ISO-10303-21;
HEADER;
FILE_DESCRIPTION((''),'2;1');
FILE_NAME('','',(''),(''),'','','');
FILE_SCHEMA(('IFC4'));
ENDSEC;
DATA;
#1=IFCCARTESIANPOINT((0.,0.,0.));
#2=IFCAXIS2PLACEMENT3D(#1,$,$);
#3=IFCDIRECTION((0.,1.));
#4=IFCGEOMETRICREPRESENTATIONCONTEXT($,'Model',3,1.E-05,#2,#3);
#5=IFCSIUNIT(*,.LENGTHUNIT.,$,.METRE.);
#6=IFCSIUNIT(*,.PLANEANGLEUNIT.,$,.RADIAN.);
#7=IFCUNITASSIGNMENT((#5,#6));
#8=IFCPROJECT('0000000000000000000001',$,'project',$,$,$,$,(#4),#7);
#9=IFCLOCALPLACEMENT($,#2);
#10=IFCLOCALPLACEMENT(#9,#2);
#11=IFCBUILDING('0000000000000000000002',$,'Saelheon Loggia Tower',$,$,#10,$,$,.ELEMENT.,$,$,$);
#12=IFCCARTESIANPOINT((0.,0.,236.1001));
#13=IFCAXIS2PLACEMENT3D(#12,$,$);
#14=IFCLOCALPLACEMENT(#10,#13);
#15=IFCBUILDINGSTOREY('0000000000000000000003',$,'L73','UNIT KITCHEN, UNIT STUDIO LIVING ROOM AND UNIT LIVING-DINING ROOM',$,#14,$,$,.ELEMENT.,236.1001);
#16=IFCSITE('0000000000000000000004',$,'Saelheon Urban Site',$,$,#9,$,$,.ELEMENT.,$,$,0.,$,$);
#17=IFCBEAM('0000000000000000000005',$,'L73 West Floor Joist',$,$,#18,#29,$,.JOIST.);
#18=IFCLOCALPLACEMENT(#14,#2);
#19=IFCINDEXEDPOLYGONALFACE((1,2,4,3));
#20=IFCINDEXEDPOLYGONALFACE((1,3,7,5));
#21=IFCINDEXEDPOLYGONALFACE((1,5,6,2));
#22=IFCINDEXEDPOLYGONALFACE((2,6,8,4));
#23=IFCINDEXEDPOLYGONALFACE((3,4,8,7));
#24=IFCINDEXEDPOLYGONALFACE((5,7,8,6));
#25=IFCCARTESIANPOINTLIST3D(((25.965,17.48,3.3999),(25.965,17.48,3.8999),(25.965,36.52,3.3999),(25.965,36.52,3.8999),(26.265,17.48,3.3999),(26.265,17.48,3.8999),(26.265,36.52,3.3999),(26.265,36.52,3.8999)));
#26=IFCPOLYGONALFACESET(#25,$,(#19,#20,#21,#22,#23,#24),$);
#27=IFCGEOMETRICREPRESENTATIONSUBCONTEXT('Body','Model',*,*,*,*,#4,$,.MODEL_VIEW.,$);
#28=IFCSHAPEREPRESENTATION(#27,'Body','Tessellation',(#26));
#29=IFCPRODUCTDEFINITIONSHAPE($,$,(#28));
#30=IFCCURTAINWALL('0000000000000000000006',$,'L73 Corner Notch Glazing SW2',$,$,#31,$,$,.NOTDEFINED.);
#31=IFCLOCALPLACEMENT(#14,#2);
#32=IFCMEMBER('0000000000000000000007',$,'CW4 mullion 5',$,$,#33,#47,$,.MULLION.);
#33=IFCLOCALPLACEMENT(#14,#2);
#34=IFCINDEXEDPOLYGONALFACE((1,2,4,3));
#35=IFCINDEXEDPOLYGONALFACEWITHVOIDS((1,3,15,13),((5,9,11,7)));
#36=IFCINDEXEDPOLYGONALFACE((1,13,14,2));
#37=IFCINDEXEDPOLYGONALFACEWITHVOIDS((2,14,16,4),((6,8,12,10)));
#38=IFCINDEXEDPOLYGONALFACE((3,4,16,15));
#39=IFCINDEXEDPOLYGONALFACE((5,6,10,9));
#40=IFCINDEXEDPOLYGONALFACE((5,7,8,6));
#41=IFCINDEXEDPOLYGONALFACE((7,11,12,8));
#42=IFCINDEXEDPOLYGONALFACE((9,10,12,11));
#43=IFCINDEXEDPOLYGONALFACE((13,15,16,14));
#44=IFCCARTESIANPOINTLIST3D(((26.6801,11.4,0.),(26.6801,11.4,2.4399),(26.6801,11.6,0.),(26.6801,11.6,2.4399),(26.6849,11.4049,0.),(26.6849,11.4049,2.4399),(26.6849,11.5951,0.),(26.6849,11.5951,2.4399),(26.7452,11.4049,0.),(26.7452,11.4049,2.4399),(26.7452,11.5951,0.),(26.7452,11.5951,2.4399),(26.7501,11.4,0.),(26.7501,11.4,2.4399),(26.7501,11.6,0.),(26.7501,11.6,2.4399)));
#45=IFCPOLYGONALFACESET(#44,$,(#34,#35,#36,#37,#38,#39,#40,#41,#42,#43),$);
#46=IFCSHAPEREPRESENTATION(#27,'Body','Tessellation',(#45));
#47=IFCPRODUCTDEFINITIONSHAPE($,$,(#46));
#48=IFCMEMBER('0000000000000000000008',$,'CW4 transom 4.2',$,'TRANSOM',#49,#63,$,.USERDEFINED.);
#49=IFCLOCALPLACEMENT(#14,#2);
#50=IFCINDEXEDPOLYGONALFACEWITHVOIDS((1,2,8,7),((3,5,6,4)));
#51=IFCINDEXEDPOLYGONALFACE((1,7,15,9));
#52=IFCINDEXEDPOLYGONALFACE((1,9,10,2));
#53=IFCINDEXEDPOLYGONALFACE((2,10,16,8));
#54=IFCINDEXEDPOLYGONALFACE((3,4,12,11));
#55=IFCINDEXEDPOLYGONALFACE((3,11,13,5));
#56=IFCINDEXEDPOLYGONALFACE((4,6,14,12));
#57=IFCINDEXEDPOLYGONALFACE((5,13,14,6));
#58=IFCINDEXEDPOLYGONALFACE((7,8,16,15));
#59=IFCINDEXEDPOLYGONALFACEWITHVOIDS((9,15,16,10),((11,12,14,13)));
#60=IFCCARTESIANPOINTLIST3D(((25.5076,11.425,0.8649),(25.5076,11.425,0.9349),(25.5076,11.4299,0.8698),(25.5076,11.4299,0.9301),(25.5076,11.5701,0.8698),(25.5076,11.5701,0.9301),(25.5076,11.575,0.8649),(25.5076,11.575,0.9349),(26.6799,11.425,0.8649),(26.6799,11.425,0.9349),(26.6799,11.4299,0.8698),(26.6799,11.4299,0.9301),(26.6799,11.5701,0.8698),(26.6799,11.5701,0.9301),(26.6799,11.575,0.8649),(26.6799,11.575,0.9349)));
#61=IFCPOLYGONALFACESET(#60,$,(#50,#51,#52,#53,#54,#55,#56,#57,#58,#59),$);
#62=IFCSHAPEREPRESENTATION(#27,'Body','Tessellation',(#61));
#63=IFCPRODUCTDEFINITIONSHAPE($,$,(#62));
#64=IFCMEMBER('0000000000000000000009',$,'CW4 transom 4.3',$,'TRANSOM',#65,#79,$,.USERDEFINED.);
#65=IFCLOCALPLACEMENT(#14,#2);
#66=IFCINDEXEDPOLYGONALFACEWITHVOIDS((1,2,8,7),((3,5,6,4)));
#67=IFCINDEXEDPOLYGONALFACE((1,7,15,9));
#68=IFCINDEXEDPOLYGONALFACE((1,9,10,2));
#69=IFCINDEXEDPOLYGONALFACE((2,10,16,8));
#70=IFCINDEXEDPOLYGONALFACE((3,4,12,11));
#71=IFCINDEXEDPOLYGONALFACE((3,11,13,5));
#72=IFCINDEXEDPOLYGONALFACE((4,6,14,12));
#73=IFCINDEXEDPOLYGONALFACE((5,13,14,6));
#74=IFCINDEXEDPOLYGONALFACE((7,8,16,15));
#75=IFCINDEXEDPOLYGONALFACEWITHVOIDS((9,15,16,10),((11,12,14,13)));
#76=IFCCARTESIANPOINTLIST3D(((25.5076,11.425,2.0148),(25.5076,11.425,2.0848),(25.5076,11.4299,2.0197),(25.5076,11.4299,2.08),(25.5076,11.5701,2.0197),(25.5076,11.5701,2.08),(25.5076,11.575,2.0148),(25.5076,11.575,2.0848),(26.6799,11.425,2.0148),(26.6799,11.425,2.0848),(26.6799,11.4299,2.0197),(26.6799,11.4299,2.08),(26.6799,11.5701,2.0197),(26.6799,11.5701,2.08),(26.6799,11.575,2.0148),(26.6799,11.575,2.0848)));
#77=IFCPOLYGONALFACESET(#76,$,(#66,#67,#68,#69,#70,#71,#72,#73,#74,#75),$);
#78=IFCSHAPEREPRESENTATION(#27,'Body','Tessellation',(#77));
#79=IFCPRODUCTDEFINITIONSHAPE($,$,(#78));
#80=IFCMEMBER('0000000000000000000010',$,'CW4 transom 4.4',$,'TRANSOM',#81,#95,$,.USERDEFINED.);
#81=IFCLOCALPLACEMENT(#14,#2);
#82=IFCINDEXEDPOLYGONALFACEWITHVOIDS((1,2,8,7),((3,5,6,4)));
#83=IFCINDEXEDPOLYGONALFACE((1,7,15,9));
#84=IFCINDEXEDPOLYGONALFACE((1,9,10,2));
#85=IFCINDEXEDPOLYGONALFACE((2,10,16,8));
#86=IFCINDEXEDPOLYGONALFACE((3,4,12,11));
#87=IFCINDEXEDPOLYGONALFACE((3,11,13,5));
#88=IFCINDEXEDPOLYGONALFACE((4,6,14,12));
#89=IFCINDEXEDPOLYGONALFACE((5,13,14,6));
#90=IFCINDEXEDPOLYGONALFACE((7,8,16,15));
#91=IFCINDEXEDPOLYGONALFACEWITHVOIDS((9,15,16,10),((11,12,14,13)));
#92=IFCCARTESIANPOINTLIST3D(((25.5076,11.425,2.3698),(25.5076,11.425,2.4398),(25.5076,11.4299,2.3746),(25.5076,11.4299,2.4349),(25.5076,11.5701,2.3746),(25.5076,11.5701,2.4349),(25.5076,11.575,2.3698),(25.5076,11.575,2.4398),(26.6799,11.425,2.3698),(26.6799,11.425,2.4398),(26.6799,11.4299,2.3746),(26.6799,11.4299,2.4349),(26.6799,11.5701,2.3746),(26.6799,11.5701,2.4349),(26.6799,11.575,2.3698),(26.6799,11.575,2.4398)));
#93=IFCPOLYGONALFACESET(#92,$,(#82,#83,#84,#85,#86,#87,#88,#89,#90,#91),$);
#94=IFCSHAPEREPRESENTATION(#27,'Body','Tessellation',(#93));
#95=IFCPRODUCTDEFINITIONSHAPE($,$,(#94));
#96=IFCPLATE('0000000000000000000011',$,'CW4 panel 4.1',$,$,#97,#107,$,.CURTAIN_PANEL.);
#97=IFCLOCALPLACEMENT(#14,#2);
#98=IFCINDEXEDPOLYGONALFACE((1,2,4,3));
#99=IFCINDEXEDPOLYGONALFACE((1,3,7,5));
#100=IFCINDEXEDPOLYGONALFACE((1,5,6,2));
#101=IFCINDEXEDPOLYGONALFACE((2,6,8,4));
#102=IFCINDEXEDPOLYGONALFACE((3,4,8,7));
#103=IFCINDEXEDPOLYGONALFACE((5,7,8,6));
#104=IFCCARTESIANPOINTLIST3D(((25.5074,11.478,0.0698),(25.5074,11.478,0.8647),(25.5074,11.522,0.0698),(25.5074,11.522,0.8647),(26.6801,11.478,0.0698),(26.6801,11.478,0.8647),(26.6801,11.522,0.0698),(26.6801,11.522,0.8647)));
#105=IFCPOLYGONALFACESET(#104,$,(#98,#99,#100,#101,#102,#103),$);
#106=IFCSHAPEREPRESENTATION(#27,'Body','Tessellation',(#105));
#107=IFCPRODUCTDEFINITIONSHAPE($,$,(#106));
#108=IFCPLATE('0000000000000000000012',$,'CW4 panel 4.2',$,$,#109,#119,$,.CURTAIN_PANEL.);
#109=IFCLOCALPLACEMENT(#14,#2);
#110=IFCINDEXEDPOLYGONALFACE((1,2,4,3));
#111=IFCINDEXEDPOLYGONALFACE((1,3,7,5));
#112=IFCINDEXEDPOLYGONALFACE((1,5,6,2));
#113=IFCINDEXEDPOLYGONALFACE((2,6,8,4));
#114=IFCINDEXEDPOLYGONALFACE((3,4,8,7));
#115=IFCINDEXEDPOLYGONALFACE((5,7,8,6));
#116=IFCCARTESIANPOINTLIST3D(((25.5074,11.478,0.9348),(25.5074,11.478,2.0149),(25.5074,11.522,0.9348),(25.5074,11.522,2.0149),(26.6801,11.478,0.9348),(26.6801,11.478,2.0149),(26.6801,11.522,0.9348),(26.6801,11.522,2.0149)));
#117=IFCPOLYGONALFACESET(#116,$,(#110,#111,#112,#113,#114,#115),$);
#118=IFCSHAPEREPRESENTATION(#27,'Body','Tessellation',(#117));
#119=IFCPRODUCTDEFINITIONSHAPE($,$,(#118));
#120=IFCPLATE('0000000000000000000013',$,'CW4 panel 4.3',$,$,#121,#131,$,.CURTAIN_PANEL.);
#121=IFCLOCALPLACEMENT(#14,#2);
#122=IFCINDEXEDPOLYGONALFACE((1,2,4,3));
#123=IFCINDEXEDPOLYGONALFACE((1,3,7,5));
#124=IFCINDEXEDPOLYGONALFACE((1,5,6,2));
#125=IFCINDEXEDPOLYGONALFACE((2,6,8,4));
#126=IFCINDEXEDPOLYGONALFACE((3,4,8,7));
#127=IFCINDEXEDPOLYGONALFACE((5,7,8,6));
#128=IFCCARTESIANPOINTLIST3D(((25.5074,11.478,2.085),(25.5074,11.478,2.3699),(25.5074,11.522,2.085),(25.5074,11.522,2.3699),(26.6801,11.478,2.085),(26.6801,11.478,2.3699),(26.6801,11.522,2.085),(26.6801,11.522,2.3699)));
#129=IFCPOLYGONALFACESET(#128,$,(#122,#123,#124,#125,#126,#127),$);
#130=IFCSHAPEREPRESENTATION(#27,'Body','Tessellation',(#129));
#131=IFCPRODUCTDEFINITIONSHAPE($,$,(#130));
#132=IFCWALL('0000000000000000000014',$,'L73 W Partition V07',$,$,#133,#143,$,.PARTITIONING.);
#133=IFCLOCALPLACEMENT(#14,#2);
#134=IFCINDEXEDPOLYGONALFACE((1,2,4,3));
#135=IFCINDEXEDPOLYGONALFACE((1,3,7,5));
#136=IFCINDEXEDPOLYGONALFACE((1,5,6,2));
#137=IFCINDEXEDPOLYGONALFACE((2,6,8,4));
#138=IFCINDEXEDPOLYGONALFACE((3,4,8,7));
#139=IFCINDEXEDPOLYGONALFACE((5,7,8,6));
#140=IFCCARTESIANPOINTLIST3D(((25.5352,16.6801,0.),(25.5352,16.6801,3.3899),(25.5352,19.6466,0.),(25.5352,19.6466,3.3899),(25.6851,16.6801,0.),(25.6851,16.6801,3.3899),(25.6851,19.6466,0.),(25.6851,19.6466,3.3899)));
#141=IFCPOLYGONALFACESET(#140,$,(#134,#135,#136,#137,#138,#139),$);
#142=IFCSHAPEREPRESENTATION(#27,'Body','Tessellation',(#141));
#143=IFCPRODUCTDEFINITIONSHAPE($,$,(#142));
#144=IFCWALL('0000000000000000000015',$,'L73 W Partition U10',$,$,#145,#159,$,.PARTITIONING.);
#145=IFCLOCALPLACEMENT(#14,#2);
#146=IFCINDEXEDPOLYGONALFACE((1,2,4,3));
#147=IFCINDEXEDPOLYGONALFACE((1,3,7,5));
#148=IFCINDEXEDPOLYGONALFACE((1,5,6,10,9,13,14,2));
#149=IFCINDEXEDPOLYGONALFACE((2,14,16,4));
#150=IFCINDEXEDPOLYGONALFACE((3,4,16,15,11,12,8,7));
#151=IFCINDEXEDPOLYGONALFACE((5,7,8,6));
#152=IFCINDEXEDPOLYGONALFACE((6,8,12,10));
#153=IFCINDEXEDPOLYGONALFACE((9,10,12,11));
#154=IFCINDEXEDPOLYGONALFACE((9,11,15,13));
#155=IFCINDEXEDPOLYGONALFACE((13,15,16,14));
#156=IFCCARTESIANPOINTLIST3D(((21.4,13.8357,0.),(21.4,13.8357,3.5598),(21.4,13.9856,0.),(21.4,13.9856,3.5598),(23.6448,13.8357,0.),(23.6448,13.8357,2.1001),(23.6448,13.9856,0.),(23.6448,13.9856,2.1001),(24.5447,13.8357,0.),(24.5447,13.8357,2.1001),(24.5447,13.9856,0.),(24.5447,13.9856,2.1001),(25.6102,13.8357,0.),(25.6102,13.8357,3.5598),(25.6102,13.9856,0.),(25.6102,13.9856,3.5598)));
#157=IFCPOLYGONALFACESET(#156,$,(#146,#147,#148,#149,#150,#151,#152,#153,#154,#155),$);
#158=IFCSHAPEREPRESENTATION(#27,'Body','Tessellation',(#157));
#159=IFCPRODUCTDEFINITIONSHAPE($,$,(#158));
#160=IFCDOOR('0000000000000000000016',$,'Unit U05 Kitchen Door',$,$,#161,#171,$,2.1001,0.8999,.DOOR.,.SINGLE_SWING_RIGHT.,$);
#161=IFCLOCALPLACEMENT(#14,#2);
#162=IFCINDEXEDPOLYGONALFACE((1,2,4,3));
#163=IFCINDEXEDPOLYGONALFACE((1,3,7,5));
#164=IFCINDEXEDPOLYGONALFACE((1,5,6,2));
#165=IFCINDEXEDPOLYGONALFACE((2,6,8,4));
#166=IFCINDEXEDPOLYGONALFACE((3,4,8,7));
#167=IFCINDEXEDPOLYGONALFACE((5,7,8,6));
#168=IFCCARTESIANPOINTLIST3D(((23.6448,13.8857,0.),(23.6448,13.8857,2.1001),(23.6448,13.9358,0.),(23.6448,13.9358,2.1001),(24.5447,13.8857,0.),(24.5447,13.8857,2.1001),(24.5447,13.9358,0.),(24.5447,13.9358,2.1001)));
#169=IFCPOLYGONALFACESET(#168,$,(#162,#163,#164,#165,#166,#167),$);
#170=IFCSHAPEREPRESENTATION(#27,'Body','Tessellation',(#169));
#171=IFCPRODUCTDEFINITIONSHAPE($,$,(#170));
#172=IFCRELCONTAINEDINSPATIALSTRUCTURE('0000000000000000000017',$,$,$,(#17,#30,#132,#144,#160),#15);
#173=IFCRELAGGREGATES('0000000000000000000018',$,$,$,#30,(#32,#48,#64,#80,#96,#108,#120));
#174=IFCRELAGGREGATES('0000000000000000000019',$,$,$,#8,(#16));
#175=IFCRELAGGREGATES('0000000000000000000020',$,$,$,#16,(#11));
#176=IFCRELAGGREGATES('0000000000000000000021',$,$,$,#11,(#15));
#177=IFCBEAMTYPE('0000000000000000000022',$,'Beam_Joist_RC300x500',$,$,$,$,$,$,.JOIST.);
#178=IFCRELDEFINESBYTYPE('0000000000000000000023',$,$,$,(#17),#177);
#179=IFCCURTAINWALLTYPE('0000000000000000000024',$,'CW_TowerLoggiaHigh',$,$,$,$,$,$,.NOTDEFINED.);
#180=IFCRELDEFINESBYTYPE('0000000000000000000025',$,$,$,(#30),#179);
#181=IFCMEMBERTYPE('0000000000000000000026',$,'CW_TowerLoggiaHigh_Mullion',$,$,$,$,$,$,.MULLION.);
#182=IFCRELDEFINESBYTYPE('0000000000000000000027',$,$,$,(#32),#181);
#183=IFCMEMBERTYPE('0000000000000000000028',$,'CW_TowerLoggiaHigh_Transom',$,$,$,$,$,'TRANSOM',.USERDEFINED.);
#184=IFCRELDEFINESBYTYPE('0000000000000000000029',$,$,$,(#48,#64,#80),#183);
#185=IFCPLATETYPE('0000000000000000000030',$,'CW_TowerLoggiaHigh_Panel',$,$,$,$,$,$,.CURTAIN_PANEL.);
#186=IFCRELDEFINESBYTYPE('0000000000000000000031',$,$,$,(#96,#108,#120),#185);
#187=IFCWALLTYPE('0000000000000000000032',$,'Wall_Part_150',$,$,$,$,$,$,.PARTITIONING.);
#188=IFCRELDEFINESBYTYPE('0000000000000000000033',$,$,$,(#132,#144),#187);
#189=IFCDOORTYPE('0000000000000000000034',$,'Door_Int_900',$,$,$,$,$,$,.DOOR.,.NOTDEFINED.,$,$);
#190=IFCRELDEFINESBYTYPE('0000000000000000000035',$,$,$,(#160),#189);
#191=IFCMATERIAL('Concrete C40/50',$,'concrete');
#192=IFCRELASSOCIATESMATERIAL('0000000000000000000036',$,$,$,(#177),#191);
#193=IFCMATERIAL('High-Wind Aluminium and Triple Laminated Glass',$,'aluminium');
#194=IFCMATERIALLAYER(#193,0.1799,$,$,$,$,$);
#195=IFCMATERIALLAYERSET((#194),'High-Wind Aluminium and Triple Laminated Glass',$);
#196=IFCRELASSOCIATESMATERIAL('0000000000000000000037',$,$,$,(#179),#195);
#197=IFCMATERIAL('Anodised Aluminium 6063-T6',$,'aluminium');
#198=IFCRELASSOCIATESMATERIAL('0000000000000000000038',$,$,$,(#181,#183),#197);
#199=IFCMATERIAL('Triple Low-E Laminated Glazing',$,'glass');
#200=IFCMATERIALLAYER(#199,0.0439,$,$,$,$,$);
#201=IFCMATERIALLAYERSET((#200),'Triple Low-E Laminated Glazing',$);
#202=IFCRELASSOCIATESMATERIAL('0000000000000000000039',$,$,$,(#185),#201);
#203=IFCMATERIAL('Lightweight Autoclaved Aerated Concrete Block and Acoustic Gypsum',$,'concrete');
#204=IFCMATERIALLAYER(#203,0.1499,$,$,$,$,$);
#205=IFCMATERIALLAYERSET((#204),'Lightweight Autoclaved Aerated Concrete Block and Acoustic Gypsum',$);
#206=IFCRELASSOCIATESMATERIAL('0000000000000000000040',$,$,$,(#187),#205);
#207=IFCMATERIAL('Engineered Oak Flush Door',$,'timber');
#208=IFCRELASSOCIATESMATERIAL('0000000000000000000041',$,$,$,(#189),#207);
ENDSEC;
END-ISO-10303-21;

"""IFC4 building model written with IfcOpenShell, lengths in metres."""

from ifc_helpers import new_model, si_unit, direction, frame, frame_2d, origin, origin_2d, place, context, subcontext, project, spatial, rectangle, hollow_rectangle, extrude, source, transform, mapped, material, layer, layer_set, material_profile, profile_set, type_object, element, fill, aggregate, save


model = new_model("IFC4")

# Units and contexts
model_context = context("Model", 3, precision=1e-05, world=origin(), true_north=direction((0.0, 1.0)))
body_context = subcontext(model_context, "Body", "Model", "MODEL_VIEW")
ifc_project = project(units=[si_unit("LENGTHUNIT", "METRE"), si_unit("PLANEANGLEUNIT", "RADIAN")], contexts=[model_context])

# Site, building, storey
site_placement = place(None, origin())
site = spatial("IfcSite", under=ifc_project, at=site_placement, Name="Saelheon Urban Site", CompositionType="ELEMENT", RefElevation=0.0)
building_placement = place(site_placement, origin())
building = spatial("IfcBuilding", under=site, at=building_placement, Name="Saelheon Loggia Tower", CompositionType="ELEMENT")
storey_placement = place(building_placement, frame((0.0, 0.0, 236.1001)))
storey = spatial("IfcBuildingStorey", under=building, at=storey_placement, Name="L73", Description="UNIT KITCHEN, UNIT STUDIO LIVING ROOM AND UNIT LIVING-DINING ROOM", CompositionType="ELEMENT", Elevation=236.1001)

# Beam
ifc_material_1 = material(Name="Concrete C40/50", Category="concrete")
ifc_material_profile_1 = material_profile(ifc_material_1, rectangle(XDim=0.3, YDim=0.5, at=origin_2d()), Name="RC-300x500")
ifc_profile_set_1 = profile_set([ifc_material_profile_1], Name="Concrete C40/50")
beam_type = type_object("IfcBeamType", Name="Beam_Joist_RC300x500", PredefinedType="JOIST", material=ifc_profile_set_1)
shared_shape_1 = source(origin(), body_context, "Body", "SweptSolid", [
    extrude(rectangle(XDim=0.3, YDim=0.5, at=origin_2d()), origin(), (0.0, 0.0, 1.0), 19.04),
])
beam_placement = place(storey_placement, frame((26.115, 17.48, 3.6499), z_axis=(0.0, 1.0, 0.0), x_axis=(-1.0, 0.0, 0.0)))
element("IfcBeam", 1, at=beam_placement, inside=storey, type_object=beam_type, Name="L73 West Floor Joist", PredefinedType="JOIST", context=body_context, shape_type="MappedRepresentation", body=[
    mapped(shared_shape_1, transform((0.0, 0.0, 0.0), scale=1.0)),
])

# Curtain wall, members, plates
ifc_material_2 = material(Name="High-Wind Aluminium and Triple Laminated Glass", Category="aluminium")
ifc_layer_1 = layer(ifc_material_2, 0.1799)
ifc_layer_set_1 = layer_set([ifc_layer_1], Name="High-Wind Aluminium and Triple Laminated Glass")
curtain_wall_type = type_object("IfcCurtainWallType", Name="CW_TowerLoggiaHigh", PredefinedType="NOTDEFINED", material=ifc_layer_set_1)
curtain_wall_placement = place(storey_placement, origin())
curtain_wall = element("IfcCurtainWall", 2, at=curtain_wall_placement, inside=storey, type_object=curtain_wall_type, Name="L73 Corner Notch Glazing SW2", PredefinedType="NOTDEFINED")
ifc_material_3 = material(Name="Anodised Aluminium 6063-T6", Category="aluminium")
ifc_material_profile_2 = material_profile(ifc_material_3, hollow_rectangle(XDim=0.0701, YDim=0.2, WallThickness=0.0049, at=origin_2d()), Name="RHS-200x70x5")
ifc_profile_set_2 = profile_set([ifc_material_profile_2], Name="Anodised Aluminium 6063-T6")
member_type_1 = type_object("IfcMemberType", Name="CW_TowerLoggiaHigh_Mullion", PredefinedType="MULLION", material=ifc_profile_set_2)
shared_shape_2 = source(origin(), body_context, "Body", "SweptSolid", [
    extrude(hollow_rectangle(XDim=0.0701, YDim=0.2, WallThickness=0.0049, at=origin_2d()), origin(), (0.0, 0.0, 1.0), 2.4399),
])
member_1_placement = place(storey_placement, frame((26.7151, 11.5, 0.0), z_axis=(0.0, 0.0, 1.0), x_axis=(1.0, 0.0, 0.0)))
member_1 = element("IfcMember", 3, at=member_1_placement, type_object=member_type_1, Name="CW4 mullion 5", PredefinedType="MULLION", context=body_context, shape_type="MappedRepresentation", body=[
    mapped(shared_shape_2, transform((0.0, 0.0, 0.0), scale=1.0)),
])
ifc_material_profile_3 = material_profile(ifc_material_3, hollow_rectangle(XDim=0.0701, YDim=0.1499, WallThickness=0.0049, at=origin_2d()), Name="RHS-150x70x5")
ifc_profile_set_3 = profile_set([ifc_material_profile_3], Name="Anodised Aluminium 6063-T6")
member_type_2 = type_object("IfcMemberType", Name="CW_TowerLoggiaHigh_Transom", ElementType="TRANSOM", PredefinedType="USERDEFINED", material=ifc_profile_set_3)
shared_shape_3 = source(origin(), body_context, "Body", "SweptSolid", [
    extrude(hollow_rectangle(XDim=0.0701, YDim=0.1499, WallThickness=0.0049, at=origin_2d()), origin(), (0.0, 0.0, 1.0), 1.1724),
])
member_2_placement = place(storey_placement, frame((25.5076, 11.5, 0.8999), z_axis=(1.0, 0.0, 0.0), x_axis=(0.0, 0.0, 1.0)))
member_2 = element("IfcMember", 4, at=member_2_placement, type_object=member_type_2, Name="CW4 transom 4.2", ObjectType="TRANSOM", PredefinedType="USERDEFINED", context=body_context, shape_type="MappedRepresentation", body=[
    mapped(shared_shape_3, transform((0.0, 0.0, 0.0), scale=1.0)),
])
member_3_placement = place(storey_placement, frame((25.5076, 11.5, 2.0498), z_axis=(1.0, 0.0, 0.0), x_axis=(0.0, 0.0, 1.0)))
member_3 = element("IfcMember", 5, at=member_3_placement, type_object=member_type_2, Name="CW4 transom 4.3", ObjectType="TRANSOM", PredefinedType="USERDEFINED", context=body_context, shape_type="MappedRepresentation", body=[
    mapped(shared_shape_3, transform((0.0, 0.0, 0.0), scale=1.0)),
])
member_4_placement = place(storey_placement, frame((25.5076, 11.5, 2.4048), z_axis=(1.0, 0.0, 0.0), x_axis=(0.0, 0.0, 1.0)))
member_4 = element("IfcMember", 6, at=member_4_placement, type_object=member_type_2, Name="CW4 transom 4.4", ObjectType="TRANSOM", PredefinedType="USERDEFINED", context=body_context, shape_type="MappedRepresentation", body=[
    mapped(shared_shape_3, transform((0.0, 0.0, 0.0), scale=1.0)),
])
ifc_material_4 = material(Name="Triple Low-E Laminated Glazing", Category="glass")
ifc_layer_2 = layer(ifc_material_4, 0.0439)
ifc_layer_set_2 = layer_set([ifc_layer_2], Name="Triple Low-E Laminated Glazing")
plate_type = type_object("IfcPlateType", Name="CW_TowerLoggiaHigh_Panel", PredefinedType="CURTAIN_PANEL", material=ifc_layer_set_2)
shared_shape_4 = source(origin(), body_context, "Body", "SweptSolid", [
    extrude(rectangle(XDim=1.1726, YDim=0.0439, at=origin_2d()), origin(), (0.0, 0.0, 1.0), 0.7949),
])
plate_1_placement = place(storey_placement, frame((26.0938, 11.5, 0.0698), z_axis=(0.0, 0.0, 1.0), x_axis=(1.0, 0.0, 0.0)))
plate_1 = element("IfcPlate", 7, at=plate_1_placement, type_object=plate_type, Name="CW4 panel 4.1", PredefinedType="CURTAIN_PANEL", context=body_context, shape_type="MappedRepresentation", body=[
    mapped(shared_shape_4, transform((0.0, 0.0, 0.0), scale=1.0)),
])
shared_shape_5 = source(origin(), body_context, "Body", "SweptSolid", [
    extrude(rectangle(XDim=1.1726, YDim=0.0439, at=origin_2d()), origin(), (0.0, 0.0, 1.0), 1.0801),
])
plate_2_placement = place(storey_placement, frame((26.0938, 11.5, 0.9348), z_axis=(0.0, 0.0, 1.0), x_axis=(1.0, 0.0, 0.0)))
plate_2 = element("IfcPlate", 8, at=plate_2_placement, type_object=plate_type, Name="CW4 panel 4.2", PredefinedType="CURTAIN_PANEL", context=body_context, shape_type="MappedRepresentation", body=[
    mapped(shared_shape_5, transform((0.0, 0.0, 0.0), scale=1.0)),
])
shared_shape_6 = source(origin(), body_context, "Body", "SweptSolid", [
    extrude(rectangle(XDim=1.1726, YDim=0.0439, at=origin_2d()), origin(), (0.0, 0.0, 1.0), 0.2849),
])
plate_3_placement = place(storey_placement, frame((26.0938, 11.5, 2.085), z_axis=(0.0, 0.0, 1.0), x_axis=(1.0, 0.0, 0.0)))
plate_3 = element("IfcPlate", 9, at=plate_3_placement, type_object=plate_type, Name="CW4 panel 4.3", PredefinedType="CURTAIN_PANEL", context=body_context, shape_type="MappedRepresentation", body=[
    mapped(shared_shape_6, transform((0.0, 0.0, 0.0), scale=1.0)),
])
aggregate(curtain_wall, [member_1, member_2, member_3, member_4, plate_1, plate_2, plate_3])

# Wall
ifc_material_5 = material(Name="Lightweight Autoclaved Aerated Concrete Block and Acoustic Gypsum", Category="concrete")
ifc_layer_3 = layer(ifc_material_5, 0.1499)
ifc_layer_set_3 = layer_set([ifc_layer_3], Name="Lightweight Autoclaved Aerated Concrete Block and Acoustic Gypsum")
wall_type_1 = type_object("IfcWallType", Name="Wall_Part_150", PredefinedType="PARTITIONING", material=ifc_layer_set_3)
wall_1_placement = place(storey_placement, frame((25.6101, 16.6799, 0.0), z_axis=(0.0, 0.0, 1.0), x_axis=(0.0, 1.0, 0.0)))
element("IfcWall", 10, at=wall_1_placement, inside=storey, type_object=wall_type_1, Name="L73 W Partition V07", PredefinedType="PARTITIONING", context=body_context, shape_type="SweptSolid", body=[
    extrude(rectangle(XDim=2.9666, YDim=0.1499, at=frame_2d((1.4834, 0.0))), origin(), (0.0, 0.0, 1.0), 3.3899),
])

# Wall, opening, door
wall_2_placement = place(storey_placement, frame((25.6101, 13.9106, 0.0), z_axis=(0.0, 0.0, 1.0), x_axis=(-1.0, 0.0, 0.0)))
wall_2 = element("IfcWall", 11, at=wall_2_placement, inside=storey, type_object=wall_type_1, Name="L73 W Partition U10", PredefinedType="PARTITIONING", context=body_context, shape_type="SweptSolid", body=[
    extrude(rectangle(XDim=4.2102, YDim=0.1499, at=frame_2d((2.105, 0.0))), origin(), (0.0, 0.0, 1.0), 3.5598),
])
opening_1_placement = place(wall_2_placement, frame((1.0654, 0.0, 0.0)))
opening_1 = element("IfcOpeningElement", 12, at=opening_1_placement, cuts=wall_2, PredefinedType="OPENING", context=body_context, shape_type="SweptSolid", body=[
    extrude(rectangle(XDim=0.8999, YDim=2.1001, at=frame_2d((0.45, 1.05))), frame((0.0, 0.0869, 0.0), z_axis=(0.0, -1.0, 0.0), x_axis=(1.0, 0.0, 0.0)), (0.0, 0.0, 1.0), 0.1738),
])
ifc_material_6 = material(Name="Engineered Oak Flush Door", Category="timber")
door_type = type_object("IfcDoorType", Name="Door_Int_900", OperationType="NOTDEFINED", PredefinedType="DOOR", material=ifc_material_6)
shared_shape_7 = source(origin(), body_context, "Body", "SweptSolid", [
    extrude(rectangle(XDim=0.8999, YDim=2.1001, at=frame_2d((0.45, 1.05))), frame((0.0, 0.0249, 0.0), z_axis=(0.0, -1.0, 0.0), x_axis=(1.0, 0.0, 0.0)), (0.0, 0.0, 1.0), 0.05),
])
door_1_placement = place(opening_1_placement, origin())
door_1 = element("IfcDoor", 13, at=door_1_placement, inside=storey, type_object=door_type, Name="Unit U05 Kitchen Door", OperationType="SINGLE_SWING_RIGHT", OverallHeight=2.1001, OverallWidth=0.8999, PredefinedType="DOOR", context=body_context, shape_type="MappedRepresentation", body=[
    mapped(shared_shape_7, transform((0.0, 0.0, 0.0), scale=1.0)),
])
fill(opening_1, door_1)

save(model, "model.ifc")
